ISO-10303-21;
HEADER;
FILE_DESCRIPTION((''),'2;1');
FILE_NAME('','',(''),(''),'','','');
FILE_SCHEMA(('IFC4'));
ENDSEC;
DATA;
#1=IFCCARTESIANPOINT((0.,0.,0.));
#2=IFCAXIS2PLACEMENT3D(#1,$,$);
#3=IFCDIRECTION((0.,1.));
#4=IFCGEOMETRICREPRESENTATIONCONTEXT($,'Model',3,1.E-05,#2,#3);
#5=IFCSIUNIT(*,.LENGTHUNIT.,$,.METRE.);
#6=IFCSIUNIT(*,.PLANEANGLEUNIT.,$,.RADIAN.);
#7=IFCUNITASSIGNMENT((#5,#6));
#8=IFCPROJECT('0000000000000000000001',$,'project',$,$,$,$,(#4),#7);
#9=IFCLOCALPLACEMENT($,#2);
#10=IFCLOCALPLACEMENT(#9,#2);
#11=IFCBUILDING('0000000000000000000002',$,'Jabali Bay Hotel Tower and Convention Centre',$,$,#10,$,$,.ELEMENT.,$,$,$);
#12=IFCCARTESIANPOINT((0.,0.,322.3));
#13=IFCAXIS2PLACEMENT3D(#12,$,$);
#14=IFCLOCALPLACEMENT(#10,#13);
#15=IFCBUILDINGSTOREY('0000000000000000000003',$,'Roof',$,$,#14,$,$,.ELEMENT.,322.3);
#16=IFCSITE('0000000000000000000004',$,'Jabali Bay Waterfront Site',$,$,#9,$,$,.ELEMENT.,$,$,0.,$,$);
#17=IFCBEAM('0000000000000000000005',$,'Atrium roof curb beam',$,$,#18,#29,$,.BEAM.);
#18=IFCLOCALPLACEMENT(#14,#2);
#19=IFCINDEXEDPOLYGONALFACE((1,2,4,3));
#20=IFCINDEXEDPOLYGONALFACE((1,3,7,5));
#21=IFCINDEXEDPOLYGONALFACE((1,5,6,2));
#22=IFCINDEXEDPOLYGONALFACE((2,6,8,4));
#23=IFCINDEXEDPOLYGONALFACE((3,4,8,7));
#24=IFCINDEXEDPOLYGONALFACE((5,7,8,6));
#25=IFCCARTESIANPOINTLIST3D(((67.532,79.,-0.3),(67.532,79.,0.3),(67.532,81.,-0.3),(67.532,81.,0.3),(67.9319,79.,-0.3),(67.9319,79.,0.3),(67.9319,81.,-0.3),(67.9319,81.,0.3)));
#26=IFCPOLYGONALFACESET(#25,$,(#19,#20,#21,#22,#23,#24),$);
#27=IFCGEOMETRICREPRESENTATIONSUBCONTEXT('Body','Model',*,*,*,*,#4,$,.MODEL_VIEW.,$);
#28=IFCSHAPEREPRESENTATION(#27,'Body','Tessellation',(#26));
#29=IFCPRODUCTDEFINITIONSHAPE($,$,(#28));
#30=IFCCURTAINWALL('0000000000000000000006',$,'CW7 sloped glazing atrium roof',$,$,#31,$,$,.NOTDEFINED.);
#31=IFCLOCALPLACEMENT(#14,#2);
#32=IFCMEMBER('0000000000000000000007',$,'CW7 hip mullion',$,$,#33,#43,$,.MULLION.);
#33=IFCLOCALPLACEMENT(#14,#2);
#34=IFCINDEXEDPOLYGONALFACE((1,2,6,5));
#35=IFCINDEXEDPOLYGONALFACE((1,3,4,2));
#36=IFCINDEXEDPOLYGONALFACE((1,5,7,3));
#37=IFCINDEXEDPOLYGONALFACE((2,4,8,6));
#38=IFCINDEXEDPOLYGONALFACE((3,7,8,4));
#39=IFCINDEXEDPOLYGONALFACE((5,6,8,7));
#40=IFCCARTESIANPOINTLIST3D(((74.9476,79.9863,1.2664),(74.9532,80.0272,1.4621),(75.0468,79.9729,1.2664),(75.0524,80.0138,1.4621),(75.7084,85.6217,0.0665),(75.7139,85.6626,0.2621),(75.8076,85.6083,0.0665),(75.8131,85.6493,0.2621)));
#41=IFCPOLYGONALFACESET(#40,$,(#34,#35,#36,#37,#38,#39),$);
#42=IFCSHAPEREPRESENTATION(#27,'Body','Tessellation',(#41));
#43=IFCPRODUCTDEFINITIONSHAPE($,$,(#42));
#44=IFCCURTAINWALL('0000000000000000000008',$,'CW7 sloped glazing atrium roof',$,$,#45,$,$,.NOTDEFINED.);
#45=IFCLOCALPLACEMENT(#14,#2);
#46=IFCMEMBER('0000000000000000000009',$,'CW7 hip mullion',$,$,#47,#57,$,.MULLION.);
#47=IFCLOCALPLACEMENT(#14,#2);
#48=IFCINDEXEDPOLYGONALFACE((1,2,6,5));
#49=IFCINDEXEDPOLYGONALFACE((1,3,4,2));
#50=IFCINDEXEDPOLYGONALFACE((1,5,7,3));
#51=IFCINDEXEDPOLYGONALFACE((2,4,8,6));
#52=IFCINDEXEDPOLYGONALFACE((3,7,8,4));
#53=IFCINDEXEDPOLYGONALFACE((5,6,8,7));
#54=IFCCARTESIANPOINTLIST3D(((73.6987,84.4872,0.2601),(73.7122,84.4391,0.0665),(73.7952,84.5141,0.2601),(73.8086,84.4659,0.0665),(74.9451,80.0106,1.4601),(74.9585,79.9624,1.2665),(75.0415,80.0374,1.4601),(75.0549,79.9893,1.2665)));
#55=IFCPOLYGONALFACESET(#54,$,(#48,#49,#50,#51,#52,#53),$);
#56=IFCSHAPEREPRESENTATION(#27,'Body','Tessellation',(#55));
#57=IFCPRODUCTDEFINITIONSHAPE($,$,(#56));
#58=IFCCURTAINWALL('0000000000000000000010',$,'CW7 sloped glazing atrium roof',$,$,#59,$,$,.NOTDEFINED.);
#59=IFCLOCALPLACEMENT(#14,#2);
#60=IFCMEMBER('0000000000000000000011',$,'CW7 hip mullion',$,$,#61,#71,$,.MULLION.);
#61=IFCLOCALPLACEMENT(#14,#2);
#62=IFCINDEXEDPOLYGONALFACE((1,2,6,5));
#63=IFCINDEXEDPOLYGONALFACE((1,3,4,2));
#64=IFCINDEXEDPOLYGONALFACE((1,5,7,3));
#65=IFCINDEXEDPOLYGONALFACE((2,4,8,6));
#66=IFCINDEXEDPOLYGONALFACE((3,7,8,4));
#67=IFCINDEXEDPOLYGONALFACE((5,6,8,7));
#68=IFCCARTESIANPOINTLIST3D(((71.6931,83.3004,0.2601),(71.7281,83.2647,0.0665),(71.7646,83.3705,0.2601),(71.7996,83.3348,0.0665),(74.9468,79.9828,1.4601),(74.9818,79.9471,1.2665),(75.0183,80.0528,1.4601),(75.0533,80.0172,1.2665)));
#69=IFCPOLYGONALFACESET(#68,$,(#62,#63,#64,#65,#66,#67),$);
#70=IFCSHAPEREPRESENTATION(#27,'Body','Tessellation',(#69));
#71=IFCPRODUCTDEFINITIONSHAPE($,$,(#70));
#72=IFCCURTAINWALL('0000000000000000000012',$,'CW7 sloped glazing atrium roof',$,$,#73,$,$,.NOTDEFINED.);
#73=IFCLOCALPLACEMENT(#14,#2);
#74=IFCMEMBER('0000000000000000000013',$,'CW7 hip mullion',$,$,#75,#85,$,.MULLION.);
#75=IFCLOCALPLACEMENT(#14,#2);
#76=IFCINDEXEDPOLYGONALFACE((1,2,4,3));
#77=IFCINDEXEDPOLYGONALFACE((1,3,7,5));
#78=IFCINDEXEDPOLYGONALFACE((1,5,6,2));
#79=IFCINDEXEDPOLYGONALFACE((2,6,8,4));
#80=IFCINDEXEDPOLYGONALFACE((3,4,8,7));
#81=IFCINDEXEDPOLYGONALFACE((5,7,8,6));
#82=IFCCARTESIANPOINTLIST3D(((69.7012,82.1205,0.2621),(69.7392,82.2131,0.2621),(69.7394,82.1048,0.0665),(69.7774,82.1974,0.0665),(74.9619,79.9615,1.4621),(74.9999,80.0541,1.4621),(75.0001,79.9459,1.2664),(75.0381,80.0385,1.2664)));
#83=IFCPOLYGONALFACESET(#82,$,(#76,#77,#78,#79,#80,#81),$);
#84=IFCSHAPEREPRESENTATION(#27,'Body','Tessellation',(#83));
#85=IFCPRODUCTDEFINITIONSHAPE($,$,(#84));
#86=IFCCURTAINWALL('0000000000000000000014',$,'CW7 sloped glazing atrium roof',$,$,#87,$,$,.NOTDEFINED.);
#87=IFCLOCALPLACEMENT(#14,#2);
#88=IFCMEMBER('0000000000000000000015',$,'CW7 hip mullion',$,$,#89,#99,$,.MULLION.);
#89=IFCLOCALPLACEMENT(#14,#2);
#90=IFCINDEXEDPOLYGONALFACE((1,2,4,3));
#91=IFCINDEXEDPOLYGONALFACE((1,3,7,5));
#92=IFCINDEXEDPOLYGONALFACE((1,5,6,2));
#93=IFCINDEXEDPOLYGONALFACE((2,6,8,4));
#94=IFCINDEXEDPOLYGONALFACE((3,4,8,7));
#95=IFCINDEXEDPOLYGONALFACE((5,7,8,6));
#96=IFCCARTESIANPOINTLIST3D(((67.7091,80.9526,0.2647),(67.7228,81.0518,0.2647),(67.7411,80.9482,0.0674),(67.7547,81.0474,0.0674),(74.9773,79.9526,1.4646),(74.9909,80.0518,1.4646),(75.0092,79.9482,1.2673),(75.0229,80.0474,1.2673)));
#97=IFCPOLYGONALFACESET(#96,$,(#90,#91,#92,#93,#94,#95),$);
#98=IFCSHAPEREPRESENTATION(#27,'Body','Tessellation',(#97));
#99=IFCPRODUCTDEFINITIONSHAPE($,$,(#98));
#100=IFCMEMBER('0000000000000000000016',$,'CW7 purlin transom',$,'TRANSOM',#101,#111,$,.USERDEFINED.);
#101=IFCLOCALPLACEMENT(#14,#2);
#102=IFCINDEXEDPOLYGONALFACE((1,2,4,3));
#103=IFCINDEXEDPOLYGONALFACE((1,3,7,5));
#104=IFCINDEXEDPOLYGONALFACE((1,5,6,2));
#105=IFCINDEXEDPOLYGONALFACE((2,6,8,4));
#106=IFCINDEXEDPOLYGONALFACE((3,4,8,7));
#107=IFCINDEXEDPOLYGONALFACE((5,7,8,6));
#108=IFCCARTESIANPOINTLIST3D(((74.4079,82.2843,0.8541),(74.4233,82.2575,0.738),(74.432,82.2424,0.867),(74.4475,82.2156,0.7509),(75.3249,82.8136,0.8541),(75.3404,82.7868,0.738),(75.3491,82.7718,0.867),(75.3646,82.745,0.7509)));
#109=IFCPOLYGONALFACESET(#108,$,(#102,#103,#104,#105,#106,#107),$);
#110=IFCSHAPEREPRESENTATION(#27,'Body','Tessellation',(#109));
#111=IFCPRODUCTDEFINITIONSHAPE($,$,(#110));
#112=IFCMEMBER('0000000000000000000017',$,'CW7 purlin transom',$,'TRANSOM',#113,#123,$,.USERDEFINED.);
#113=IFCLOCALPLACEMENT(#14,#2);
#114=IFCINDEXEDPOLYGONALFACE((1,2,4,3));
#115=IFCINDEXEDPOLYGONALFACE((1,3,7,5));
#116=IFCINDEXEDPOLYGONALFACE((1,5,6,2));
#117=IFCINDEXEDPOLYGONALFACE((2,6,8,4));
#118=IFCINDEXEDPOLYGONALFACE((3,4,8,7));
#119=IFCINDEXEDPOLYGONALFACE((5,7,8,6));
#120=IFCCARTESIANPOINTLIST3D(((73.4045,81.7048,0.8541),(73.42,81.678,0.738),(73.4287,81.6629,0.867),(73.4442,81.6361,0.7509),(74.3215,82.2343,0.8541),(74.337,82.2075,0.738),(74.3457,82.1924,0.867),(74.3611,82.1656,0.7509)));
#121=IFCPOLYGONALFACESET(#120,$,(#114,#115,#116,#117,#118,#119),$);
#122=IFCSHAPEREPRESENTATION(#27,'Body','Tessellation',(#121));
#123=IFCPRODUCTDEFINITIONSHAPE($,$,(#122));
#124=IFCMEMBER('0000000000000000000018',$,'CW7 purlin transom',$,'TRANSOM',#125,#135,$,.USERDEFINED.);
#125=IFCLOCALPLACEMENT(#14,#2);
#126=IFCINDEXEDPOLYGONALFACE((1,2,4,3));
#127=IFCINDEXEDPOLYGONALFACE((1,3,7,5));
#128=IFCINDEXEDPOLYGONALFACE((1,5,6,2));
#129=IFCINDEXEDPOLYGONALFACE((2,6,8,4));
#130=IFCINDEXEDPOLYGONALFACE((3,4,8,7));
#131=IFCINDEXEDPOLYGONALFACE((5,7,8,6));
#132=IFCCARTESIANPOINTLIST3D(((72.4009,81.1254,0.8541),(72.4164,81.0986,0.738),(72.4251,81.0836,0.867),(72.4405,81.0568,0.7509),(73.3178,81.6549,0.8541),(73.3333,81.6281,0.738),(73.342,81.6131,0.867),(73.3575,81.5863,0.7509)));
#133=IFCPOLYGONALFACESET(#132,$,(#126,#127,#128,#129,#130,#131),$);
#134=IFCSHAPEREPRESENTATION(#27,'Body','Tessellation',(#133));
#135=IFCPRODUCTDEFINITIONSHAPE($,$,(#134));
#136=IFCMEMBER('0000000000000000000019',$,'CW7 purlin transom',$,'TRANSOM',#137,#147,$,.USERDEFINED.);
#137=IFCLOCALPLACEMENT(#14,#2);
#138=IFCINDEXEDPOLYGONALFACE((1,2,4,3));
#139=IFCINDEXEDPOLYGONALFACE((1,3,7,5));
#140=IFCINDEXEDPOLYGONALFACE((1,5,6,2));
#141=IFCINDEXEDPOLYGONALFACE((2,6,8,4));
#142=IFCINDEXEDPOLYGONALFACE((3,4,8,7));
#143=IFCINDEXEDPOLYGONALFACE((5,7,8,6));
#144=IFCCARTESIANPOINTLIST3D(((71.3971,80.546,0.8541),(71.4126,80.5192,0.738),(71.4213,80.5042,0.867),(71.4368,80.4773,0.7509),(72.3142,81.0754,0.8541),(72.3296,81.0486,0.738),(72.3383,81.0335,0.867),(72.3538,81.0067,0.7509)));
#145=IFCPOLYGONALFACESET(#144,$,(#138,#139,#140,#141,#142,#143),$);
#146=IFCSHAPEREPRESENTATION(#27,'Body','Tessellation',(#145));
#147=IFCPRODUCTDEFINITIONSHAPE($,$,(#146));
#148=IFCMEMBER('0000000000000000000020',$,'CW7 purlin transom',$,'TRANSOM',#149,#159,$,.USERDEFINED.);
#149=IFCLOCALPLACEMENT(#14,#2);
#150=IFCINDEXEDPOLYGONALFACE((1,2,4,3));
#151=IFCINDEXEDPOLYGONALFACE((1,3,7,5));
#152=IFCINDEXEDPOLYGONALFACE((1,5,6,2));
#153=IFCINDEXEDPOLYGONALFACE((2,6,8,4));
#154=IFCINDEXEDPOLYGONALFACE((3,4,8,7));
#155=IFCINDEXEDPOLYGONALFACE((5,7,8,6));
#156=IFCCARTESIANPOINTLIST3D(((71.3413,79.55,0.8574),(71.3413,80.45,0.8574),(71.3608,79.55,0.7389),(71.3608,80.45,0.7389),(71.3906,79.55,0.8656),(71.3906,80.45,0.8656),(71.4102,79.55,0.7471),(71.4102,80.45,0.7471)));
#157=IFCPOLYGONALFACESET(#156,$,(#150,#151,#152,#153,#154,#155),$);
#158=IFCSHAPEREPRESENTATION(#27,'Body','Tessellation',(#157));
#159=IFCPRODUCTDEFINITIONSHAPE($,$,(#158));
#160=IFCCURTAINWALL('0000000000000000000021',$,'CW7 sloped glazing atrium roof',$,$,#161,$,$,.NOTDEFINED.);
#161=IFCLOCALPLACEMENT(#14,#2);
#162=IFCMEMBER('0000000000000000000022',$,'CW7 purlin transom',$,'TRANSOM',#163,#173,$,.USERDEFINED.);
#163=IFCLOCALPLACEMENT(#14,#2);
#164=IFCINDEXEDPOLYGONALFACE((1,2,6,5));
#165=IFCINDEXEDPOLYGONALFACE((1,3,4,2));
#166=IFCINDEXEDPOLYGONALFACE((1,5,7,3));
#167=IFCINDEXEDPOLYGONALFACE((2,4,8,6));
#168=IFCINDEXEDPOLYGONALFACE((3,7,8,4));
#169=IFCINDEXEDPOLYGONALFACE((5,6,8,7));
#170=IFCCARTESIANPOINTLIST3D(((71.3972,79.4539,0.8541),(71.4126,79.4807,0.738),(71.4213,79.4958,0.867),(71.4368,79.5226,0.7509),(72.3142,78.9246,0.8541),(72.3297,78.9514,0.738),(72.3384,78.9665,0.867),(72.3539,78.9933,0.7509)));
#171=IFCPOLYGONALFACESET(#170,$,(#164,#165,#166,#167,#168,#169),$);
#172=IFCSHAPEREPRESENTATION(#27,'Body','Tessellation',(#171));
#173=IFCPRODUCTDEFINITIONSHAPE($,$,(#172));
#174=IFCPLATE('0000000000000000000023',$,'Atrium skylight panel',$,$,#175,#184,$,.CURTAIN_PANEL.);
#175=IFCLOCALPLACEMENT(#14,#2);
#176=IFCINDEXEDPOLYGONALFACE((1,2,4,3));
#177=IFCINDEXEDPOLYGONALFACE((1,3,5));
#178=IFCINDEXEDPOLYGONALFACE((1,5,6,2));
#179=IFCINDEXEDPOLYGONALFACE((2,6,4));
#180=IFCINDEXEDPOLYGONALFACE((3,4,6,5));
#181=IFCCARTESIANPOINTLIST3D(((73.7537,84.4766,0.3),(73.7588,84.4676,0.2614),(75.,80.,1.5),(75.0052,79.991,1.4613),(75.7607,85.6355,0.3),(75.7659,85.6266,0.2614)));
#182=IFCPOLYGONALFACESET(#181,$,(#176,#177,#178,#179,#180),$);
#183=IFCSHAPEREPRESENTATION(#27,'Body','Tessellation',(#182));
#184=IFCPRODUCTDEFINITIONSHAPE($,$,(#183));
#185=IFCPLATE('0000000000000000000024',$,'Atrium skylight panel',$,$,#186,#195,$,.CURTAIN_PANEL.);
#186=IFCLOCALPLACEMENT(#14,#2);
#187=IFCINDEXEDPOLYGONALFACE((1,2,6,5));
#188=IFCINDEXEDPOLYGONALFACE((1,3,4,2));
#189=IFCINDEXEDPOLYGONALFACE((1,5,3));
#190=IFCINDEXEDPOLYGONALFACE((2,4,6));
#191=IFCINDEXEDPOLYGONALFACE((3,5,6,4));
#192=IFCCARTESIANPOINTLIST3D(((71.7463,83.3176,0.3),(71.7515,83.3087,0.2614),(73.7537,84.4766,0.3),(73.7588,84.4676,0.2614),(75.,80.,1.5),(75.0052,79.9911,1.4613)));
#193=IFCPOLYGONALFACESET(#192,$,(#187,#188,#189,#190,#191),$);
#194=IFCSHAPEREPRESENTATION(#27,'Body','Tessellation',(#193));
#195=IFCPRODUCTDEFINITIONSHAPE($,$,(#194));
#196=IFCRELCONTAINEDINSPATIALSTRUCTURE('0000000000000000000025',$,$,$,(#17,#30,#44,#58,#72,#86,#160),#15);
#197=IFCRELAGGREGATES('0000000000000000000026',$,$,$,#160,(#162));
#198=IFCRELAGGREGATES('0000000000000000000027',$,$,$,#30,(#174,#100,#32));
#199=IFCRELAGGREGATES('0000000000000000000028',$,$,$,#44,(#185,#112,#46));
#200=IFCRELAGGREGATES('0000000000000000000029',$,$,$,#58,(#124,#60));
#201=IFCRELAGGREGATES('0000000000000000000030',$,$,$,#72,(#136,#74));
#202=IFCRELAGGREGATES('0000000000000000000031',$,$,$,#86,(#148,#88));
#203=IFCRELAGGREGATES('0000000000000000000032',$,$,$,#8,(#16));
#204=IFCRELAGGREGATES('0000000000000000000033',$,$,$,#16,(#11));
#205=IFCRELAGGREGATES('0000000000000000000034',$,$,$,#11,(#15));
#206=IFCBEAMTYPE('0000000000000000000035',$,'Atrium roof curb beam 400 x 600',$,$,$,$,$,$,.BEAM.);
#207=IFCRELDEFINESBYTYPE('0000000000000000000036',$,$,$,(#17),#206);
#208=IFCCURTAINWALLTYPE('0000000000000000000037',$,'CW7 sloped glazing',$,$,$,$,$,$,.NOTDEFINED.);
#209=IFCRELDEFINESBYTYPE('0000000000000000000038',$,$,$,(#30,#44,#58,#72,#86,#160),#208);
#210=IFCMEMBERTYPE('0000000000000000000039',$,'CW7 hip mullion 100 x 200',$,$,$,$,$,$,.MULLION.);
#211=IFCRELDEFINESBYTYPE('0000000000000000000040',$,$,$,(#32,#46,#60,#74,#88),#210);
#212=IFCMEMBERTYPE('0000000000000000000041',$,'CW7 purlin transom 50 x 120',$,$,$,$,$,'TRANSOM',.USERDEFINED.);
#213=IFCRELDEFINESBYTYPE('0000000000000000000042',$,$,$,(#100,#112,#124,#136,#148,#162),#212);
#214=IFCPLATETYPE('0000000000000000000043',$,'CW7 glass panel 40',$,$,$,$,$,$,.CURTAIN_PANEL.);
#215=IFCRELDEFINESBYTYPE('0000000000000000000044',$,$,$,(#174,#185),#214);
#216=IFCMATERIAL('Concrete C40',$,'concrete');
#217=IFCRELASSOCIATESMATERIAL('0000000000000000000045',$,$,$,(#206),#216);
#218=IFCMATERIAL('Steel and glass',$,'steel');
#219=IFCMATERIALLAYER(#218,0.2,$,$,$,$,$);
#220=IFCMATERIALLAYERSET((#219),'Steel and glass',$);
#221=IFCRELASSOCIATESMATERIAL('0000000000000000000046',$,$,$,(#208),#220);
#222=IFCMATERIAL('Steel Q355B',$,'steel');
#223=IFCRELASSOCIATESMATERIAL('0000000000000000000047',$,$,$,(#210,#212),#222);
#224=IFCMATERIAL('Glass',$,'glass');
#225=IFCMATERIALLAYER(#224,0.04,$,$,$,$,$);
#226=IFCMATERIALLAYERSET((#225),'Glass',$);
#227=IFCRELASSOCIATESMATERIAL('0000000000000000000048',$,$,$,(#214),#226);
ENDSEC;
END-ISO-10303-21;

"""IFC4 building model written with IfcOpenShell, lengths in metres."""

from ifc_helpers import new_model, si_unit, direction, frame, origin, origin_2d, place, context, subcontext, project, spatial, polyline, rectangle, outline, extrude, material, layer, layer_set, material_profile, profile_set, type_object, element, aggregate, save


model = new_model("IFC4")

# Units and contexts
model_context = context("Model", 3, precision=1e-05, world=origin(), true_north=direction((0.0, 1.0)))
body_context = subcontext(model_context, "Body", "Model", "MODEL_VIEW")
ifc_project = project(units=[si_unit("LENGTHUNIT", "METRE"), si_unit("PLANEANGLEUNIT", "RADIAN")], contexts=[model_context])

# Site, building, storey
site_placement = place(None, origin())
site = spatial("IfcSite", under=ifc_project, at=site_placement, Name="Jabali Bay Waterfront Site", CompositionType="ELEMENT", RefElevation=0.0)
building_placement = place(site_placement, origin())
building = spatial("IfcBuilding", under=site, at=building_placement, Name="Jabali Bay Hotel Tower and Convention Centre", CompositionType="ELEMENT")
storey_placement = place(building_placement, frame((0.0, 0.0, 322.3)))
storey = spatial("IfcBuildingStorey", under=building, at=storey_placement, Name="Roof", CompositionType="ELEMENT", Elevation=322.3)

# Beam
ifc_material_1 = material(Name="Concrete C40", Category="concrete")
ifc_material_profile_1 = material_profile(ifc_material_1, rectangle(XDim=0.3999, YDim=0.6001, at=origin_2d()), Name="Atrium roof curb beam 400 x 600")
ifc_profile_set_1 = profile_set([ifc_material_profile_1], Name="Concrete C40")
beam_type = type_object("IfcBeamType", Name="Atrium roof curb beam 400 x 600", PredefinedType="BEAM", material=ifc_profile_set_1)
beam_placement = place(storey_placement, frame((67.7319, 81.0, 0.0), z_axis=(0.0, -1.0, 0.0), x_axis=(1.0, 0.0, 0.0)))
element("IfcBeam", 1, at=beam_placement, inside=storey, type_object=beam_type, Name="Atrium roof curb beam", PredefinedType="BEAM", context=body_context, shape_type="SweptSolid", body=[
    extrude(rectangle(XDim=0.3999, YDim=0.6001, at=origin_2d()), origin(), (0.0, 0.0, 1.0), 2.0),
])

# Curtain walls, members
ifc_material_2 = material(Name="Steel and glass", Category="steel")
ifc_layer_1 = layer(ifc_material_2, 0.2)
ifc_layer_set_1 = layer_set([ifc_layer_1], Name="Steel and glass")
curtain_wall_type = type_object("IfcCurtainWallType", Name="CW7 sloped glazing", PredefinedType="NOTDEFINED", material=ifc_layer_set_1)
curtain_wall_1_placement = place(storey_placement, origin())
curtain_wall_1 = element("IfcCurtainWall", 2, at=curtain_wall_1_placement, inside=storey, type_object=curtain_wall_type, Name="CW7 sloped glazing atrium roof", PredefinedType="NOTDEFINED")
ifc_material_3 = material(Name="Steel Q355B", Category="steel")
ifc_material_profile_2 = material_profile(ifc_material_3, rectangle(XDim=0.1001, YDim=0.2, at=origin_2d()), Name="CW7 hip mullion 100 x 200")
ifc_profile_set_2 = profile_set([ifc_material_profile_2], Name="Steel Q355B")
member_type_1 = type_object("IfcMemberType", Name="CW7 hip mullion 100 x 200", PredefinedType="MULLION", material=ifc_profile_set_2)
member_1_placement = place(storey_placement, frame((75.7607, 85.6355, 0.1643), z_axis=(-0.130895, -0.969659, 0.206467), x_axis=(0.991011, -0.133778, 0.0)))
member_1 = element("IfcMember", 3, at=member_1_placement, type_object=member_type_1, Name="CW7 hip mullion", PredefinedType="MULLION", context=body_context, shape_type="SweptSolid", body=[
    extrude(rectangle(XDim=0.1001, YDim=0.2, at=origin_2d()), origin(), (0.0, 0.0, 1.0), 5.8118),
])
curtain_wall_2_placement = place(storey_placement, origin())
curtain_wall_2 = element("IfcCurtainWall", 4, at=curtain_wall_2_placement, inside=storey, type_object=curtain_wall_type, Name="CW7 sloped glazing atrium roof", PredefinedType="NOTDEFINED")
member_2_placement = place(storey_placement, frame((73.7537, 84.4766, 0.1633), z_axis=(0.259694, -0.932762, 0.250029), x_axis=(0.96336, 0.268213, 0.0)))
member_2 = element("IfcMember", 5, at=member_2_placement, type_object=member_type_1, Name="CW7 hip mullion", PredefinedType="MULLION", context=body_context, shape_type="SweptSolid", body=[
    extrude(rectangle(XDim=0.1001, YDim=0.2, at=origin_2d()), origin(), (0.0, 0.0, 1.0), 4.7993),
])
curtain_wall_3_placement = place(storey_placement, origin())
curtain_wall_3 = element("IfcCurtainWall", 6, at=curtain_wall_3_placement, inside=storey, type_object=curtain_wall_type, Name="CW7 sloped glazing atrium roof", PredefinedType="NOTDEFINED")
member_3_placement = place(storey_placement, frame((71.7463, 83.3176, 0.1633), z_axis=(0.677951, -0.69128, 0.250029), x_axis=(0.713956, 0.700191, 0.0)))
member_3 = element("IfcMember", 7, at=member_3_placement, type_object=member_type_1, Name="CW7 hip mullion", PredefinedType="MULLION", context=body_context, shape_type="SweptSolid", body=[
    extrude(rectangle(XDim=0.1001, YDim=0.2, at=origin_2d()), origin(), (0.0, 0.0, 1.0), 4.7993),
])
curtain_wall_4_placement = place(storey_placement, origin())
curtain_wall_4 = element("IfcCurtainWall", 8, at=curtain_wall_4_placement, inside=storey, type_object=curtain_wall_type, Name="CW7 sloped glazing atrium roof", PredefinedType="NOTDEFINED")
member_4_placement = place(storey_placement, frame((69.7393, 82.1589, 0.1643), z_axis=(0.905193, -0.371478, 0.20647), x_axis=(0.379659, 0.925126, 0.0)))
member_4 = element("IfcMember", 9, at=member_4_placement, type_object=member_type_1, Name="CW7 hip mullion", PredefinedType="MULLION", context=body_context, shape_type="SweptSolid", body=[
    extrude(rectangle(XDim=0.1001, YDim=0.2, at=origin_2d()), origin(), (0.0, 0.0, 1.0), 5.8118),
])
curtain_wall_5_placement = place(storey_placement, origin())
curtain_wall_5 = element("IfcCurtainWall", 10, at=curtain_wall_5_placement, inside=storey, type_object=curtain_wall_type, Name="CW7 sloped glazing atrium roof", PredefinedType="NOTDEFINED")
member_5_placement = place(storey_placement, frame((67.7319, 81.0, 0.166), z_axis=(0.977676, -0.134517, 0.161413), x_axis=(0.136304, 0.990667, 0.0)))
member_5 = element("IfcMember", 11, at=member_5_placement, type_object=member_type_1, Name="CW7 hip mullion", PredefinedType="MULLION", context=body_context, shape_type="SweptSolid", body=[
    extrude(rectangle(XDim=0.1001, YDim=0.2, at=origin_2d()), origin(), (0.0, 0.0, 1.0), 7.4341),
])

# Members
ifc_material_profile_3 = material_profile(ifc_material_3, rectangle(XDim=0.05, YDim=0.1201, at=origin_2d()), Name="CW7 purlin transom 50 x 120")
ifc_profile_set_3 = profile_set([ifc_material_profile_3], Name="Steel Q355B")
member_type_2 = type_object("IfcMemberType", Name="CW7 purlin transom 50 x 120", ElementType="TRANSOM", PredefinedType="USERDEFINED", material=ifc_profile_set_3)
member_6_placement = place(storey_placement, frame((75.3447, 82.7793, 0.8025), z_axis=(-0.866078, -0.499909, 0.0), x_axis=(0.483029, -0.836835, 0.257662)))
member_6 = element("IfcMember", 12, at=member_6_placement, type_object=member_type_2, Name="CW7 purlin transom", ObjectType="TRANSOM", PredefinedType="USERDEFINED", context=body_context, shape_type="SweptSolid", body=[
    extrude(rectangle(XDim=0.05, YDim=0.1201, at=origin_2d()), origin(), (0.0, 0.0, 1.0), 1.0588),
])
member_7_placement = place(storey_placement, frame((74.3413, 82.2, 0.8025), z_axis=(-0.865978, -0.500082, 0.0), x_axis=(0.483196, -0.836738, 0.257662)))
member_7 = element("IfcMember", 13, at=member_7_placement, type_object=member_type_2, Name="CW7 purlin transom", ObjectType="TRANSOM", PredefinedType="USERDEFINED", context=body_context, shape_type="SweptSolid", body=[
    extrude(rectangle(XDim=0.05, YDim=0.1201, at=origin_2d()), origin(), (0.0, 0.0, 1.0), 1.0588),
])
member_8_placement = place(storey_placement, frame((73.3376, 81.6206, 0.8025), z_axis=(-0.865978, -0.500082, 0.0), x_axis=(0.483196, -0.836738, 0.257662)))
member_8 = element("IfcMember", 14, at=member_8_placement, type_object=member_type_2, Name="CW7 purlin transom", ObjectType="TRANSOM", PredefinedType="USERDEFINED", context=body_context, shape_type="SweptSolid", body=[
    extrude(rectangle(XDim=0.05, YDim=0.1201, at=origin_2d()), origin(), (0.0, 0.0, 1.0), 1.0588),
])
member_9_placement = place(storey_placement, frame((72.334, 81.041, 0.8025), z_axis=(-0.866078, -0.499909, 0.0), x_axis=(0.483029, -0.836835, 0.257662)))
member_9 = element("IfcMember", 15, at=member_9_placement, type_object=member_type_2, Name="CW7 purlin transom", ObjectType="TRANSOM", PredefinedType="USERDEFINED", context=body_context, shape_type="SweptSolid", body=[
    extrude(rectangle(XDim=0.05, YDim=0.1201, at=origin_2d()), origin(), (0.0, 0.0, 1.0), 1.0588),
])
member_10_placement = place(storey_placement, frame((71.3757, 80.45, 0.8022), z_axis=(0.0, -1.0, 0.0), x_axis=(0.986642, 0.0, 0.162902)))
member_10 = element("IfcMember", 16, at=member_10_placement, type_object=member_type_2, Name="CW7 purlin transom", ObjectType="TRANSOM", PredefinedType="USERDEFINED", context=body_context, shape_type="SweptSolid", body=[
    extrude(rectangle(XDim=0.05, YDim=0.1201, at=origin_2d()), origin(), (0.0, 0.0, 1.0), 0.8999),
])

# Curtain wall, member
curtain_wall_6_placement = place(storey_placement, origin())
curtain_wall_6 = element("IfcCurtainWall", 17, at=curtain_wall_6_placement, inside=storey, type_object=curtain_wall_type, Name="CW7 sloped glazing atrium roof", PredefinedType="NOTDEFINED")
member_11_placement = place(storey_placement, frame((71.417, 79.4883, 0.8025), z_axis=(0.866078, -0.499909, 0.0), x_axis=(0.483029, 0.836835, 0.257662)))
member_11 = element("IfcMember", 18, at=member_11_placement, type_object=member_type_2, Name="CW7 purlin transom", ObjectType="TRANSOM", PredefinedType="USERDEFINED", context=body_context, shape_type="SweptSolid", body=[
    extrude(rectangle(XDim=0.05, YDim=0.1201, at=origin_2d()), origin(), (0.0, 0.0, 1.0), 1.0588),
])
aggregate(curtain_wall_6, [member_11])

# Plates
ifc_material_4 = material(Name="Glass", Category="glass")
ifc_layer_2 = layer(ifc_material_4, 0.04)
ifc_layer_set_2 = layer_set([ifc_layer_2], Name="Glass")
plate_type = type_object("IfcPlateType", Name="CW7 glass panel 40", PredefinedType="CURTAIN_PANEL", material=ifc_layer_set_2)
plate_1_placement = place(storey_placement, frame((75.7607, 85.6355, 0.3), z_axis=(-0.128841, 0.22313, 0.966236), x_axis=(-0.865998, -0.500048, 0.0)))
plate_1 = element("IfcPlate", 19, at=plate_1_placement, type_object=plate_type, Name="Atrium skylight panel", PredefinedType="CURTAIN_PANEL", context=body_context, shape_type="SweptSolid", body=[
    extrude(outline(polyline([(0.0, 0.0), (2.3176, 0.0), (3.4768, 4.6572), (0.0, 0.0)])), origin(), (0.0, 0.0, -1.0), 0.04),
])
aggregate(curtain_wall_1, [plate_1, member_6, member_1])
plate_2_placement = place(storey_placement, frame((73.7537, 84.4766, 0.3), z_axis=(-0.128827, 0.223134, 0.966237), x_axis=(-0.866024, -0.500002, 0.0)))
plate_2 = element("IfcPlate", 20, at=plate_2_placement, type_object=plate_type, Name="Atrium skylight panel", PredefinedType="CURTAIN_PANEL", context=body_context, shape_type="SweptSolid", body=[
    extrude(outline(polyline([(0.0, 0.0), (2.3179, 0.0), (1.1589, 4.6572), (0.0, 0.0)])), origin(), (0.0, 0.0, -1.0), 0.04),
])
aggregate(curtain_wall_2, [plate_2, member_7, member_2])
aggregate(curtain_wall_3, [member_8, member_3])
aggregate(curtain_wall_4, [member_9, member_4])
aggregate(curtain_wall_5, [member_10, member_5])

save(model, "model.ifc")
